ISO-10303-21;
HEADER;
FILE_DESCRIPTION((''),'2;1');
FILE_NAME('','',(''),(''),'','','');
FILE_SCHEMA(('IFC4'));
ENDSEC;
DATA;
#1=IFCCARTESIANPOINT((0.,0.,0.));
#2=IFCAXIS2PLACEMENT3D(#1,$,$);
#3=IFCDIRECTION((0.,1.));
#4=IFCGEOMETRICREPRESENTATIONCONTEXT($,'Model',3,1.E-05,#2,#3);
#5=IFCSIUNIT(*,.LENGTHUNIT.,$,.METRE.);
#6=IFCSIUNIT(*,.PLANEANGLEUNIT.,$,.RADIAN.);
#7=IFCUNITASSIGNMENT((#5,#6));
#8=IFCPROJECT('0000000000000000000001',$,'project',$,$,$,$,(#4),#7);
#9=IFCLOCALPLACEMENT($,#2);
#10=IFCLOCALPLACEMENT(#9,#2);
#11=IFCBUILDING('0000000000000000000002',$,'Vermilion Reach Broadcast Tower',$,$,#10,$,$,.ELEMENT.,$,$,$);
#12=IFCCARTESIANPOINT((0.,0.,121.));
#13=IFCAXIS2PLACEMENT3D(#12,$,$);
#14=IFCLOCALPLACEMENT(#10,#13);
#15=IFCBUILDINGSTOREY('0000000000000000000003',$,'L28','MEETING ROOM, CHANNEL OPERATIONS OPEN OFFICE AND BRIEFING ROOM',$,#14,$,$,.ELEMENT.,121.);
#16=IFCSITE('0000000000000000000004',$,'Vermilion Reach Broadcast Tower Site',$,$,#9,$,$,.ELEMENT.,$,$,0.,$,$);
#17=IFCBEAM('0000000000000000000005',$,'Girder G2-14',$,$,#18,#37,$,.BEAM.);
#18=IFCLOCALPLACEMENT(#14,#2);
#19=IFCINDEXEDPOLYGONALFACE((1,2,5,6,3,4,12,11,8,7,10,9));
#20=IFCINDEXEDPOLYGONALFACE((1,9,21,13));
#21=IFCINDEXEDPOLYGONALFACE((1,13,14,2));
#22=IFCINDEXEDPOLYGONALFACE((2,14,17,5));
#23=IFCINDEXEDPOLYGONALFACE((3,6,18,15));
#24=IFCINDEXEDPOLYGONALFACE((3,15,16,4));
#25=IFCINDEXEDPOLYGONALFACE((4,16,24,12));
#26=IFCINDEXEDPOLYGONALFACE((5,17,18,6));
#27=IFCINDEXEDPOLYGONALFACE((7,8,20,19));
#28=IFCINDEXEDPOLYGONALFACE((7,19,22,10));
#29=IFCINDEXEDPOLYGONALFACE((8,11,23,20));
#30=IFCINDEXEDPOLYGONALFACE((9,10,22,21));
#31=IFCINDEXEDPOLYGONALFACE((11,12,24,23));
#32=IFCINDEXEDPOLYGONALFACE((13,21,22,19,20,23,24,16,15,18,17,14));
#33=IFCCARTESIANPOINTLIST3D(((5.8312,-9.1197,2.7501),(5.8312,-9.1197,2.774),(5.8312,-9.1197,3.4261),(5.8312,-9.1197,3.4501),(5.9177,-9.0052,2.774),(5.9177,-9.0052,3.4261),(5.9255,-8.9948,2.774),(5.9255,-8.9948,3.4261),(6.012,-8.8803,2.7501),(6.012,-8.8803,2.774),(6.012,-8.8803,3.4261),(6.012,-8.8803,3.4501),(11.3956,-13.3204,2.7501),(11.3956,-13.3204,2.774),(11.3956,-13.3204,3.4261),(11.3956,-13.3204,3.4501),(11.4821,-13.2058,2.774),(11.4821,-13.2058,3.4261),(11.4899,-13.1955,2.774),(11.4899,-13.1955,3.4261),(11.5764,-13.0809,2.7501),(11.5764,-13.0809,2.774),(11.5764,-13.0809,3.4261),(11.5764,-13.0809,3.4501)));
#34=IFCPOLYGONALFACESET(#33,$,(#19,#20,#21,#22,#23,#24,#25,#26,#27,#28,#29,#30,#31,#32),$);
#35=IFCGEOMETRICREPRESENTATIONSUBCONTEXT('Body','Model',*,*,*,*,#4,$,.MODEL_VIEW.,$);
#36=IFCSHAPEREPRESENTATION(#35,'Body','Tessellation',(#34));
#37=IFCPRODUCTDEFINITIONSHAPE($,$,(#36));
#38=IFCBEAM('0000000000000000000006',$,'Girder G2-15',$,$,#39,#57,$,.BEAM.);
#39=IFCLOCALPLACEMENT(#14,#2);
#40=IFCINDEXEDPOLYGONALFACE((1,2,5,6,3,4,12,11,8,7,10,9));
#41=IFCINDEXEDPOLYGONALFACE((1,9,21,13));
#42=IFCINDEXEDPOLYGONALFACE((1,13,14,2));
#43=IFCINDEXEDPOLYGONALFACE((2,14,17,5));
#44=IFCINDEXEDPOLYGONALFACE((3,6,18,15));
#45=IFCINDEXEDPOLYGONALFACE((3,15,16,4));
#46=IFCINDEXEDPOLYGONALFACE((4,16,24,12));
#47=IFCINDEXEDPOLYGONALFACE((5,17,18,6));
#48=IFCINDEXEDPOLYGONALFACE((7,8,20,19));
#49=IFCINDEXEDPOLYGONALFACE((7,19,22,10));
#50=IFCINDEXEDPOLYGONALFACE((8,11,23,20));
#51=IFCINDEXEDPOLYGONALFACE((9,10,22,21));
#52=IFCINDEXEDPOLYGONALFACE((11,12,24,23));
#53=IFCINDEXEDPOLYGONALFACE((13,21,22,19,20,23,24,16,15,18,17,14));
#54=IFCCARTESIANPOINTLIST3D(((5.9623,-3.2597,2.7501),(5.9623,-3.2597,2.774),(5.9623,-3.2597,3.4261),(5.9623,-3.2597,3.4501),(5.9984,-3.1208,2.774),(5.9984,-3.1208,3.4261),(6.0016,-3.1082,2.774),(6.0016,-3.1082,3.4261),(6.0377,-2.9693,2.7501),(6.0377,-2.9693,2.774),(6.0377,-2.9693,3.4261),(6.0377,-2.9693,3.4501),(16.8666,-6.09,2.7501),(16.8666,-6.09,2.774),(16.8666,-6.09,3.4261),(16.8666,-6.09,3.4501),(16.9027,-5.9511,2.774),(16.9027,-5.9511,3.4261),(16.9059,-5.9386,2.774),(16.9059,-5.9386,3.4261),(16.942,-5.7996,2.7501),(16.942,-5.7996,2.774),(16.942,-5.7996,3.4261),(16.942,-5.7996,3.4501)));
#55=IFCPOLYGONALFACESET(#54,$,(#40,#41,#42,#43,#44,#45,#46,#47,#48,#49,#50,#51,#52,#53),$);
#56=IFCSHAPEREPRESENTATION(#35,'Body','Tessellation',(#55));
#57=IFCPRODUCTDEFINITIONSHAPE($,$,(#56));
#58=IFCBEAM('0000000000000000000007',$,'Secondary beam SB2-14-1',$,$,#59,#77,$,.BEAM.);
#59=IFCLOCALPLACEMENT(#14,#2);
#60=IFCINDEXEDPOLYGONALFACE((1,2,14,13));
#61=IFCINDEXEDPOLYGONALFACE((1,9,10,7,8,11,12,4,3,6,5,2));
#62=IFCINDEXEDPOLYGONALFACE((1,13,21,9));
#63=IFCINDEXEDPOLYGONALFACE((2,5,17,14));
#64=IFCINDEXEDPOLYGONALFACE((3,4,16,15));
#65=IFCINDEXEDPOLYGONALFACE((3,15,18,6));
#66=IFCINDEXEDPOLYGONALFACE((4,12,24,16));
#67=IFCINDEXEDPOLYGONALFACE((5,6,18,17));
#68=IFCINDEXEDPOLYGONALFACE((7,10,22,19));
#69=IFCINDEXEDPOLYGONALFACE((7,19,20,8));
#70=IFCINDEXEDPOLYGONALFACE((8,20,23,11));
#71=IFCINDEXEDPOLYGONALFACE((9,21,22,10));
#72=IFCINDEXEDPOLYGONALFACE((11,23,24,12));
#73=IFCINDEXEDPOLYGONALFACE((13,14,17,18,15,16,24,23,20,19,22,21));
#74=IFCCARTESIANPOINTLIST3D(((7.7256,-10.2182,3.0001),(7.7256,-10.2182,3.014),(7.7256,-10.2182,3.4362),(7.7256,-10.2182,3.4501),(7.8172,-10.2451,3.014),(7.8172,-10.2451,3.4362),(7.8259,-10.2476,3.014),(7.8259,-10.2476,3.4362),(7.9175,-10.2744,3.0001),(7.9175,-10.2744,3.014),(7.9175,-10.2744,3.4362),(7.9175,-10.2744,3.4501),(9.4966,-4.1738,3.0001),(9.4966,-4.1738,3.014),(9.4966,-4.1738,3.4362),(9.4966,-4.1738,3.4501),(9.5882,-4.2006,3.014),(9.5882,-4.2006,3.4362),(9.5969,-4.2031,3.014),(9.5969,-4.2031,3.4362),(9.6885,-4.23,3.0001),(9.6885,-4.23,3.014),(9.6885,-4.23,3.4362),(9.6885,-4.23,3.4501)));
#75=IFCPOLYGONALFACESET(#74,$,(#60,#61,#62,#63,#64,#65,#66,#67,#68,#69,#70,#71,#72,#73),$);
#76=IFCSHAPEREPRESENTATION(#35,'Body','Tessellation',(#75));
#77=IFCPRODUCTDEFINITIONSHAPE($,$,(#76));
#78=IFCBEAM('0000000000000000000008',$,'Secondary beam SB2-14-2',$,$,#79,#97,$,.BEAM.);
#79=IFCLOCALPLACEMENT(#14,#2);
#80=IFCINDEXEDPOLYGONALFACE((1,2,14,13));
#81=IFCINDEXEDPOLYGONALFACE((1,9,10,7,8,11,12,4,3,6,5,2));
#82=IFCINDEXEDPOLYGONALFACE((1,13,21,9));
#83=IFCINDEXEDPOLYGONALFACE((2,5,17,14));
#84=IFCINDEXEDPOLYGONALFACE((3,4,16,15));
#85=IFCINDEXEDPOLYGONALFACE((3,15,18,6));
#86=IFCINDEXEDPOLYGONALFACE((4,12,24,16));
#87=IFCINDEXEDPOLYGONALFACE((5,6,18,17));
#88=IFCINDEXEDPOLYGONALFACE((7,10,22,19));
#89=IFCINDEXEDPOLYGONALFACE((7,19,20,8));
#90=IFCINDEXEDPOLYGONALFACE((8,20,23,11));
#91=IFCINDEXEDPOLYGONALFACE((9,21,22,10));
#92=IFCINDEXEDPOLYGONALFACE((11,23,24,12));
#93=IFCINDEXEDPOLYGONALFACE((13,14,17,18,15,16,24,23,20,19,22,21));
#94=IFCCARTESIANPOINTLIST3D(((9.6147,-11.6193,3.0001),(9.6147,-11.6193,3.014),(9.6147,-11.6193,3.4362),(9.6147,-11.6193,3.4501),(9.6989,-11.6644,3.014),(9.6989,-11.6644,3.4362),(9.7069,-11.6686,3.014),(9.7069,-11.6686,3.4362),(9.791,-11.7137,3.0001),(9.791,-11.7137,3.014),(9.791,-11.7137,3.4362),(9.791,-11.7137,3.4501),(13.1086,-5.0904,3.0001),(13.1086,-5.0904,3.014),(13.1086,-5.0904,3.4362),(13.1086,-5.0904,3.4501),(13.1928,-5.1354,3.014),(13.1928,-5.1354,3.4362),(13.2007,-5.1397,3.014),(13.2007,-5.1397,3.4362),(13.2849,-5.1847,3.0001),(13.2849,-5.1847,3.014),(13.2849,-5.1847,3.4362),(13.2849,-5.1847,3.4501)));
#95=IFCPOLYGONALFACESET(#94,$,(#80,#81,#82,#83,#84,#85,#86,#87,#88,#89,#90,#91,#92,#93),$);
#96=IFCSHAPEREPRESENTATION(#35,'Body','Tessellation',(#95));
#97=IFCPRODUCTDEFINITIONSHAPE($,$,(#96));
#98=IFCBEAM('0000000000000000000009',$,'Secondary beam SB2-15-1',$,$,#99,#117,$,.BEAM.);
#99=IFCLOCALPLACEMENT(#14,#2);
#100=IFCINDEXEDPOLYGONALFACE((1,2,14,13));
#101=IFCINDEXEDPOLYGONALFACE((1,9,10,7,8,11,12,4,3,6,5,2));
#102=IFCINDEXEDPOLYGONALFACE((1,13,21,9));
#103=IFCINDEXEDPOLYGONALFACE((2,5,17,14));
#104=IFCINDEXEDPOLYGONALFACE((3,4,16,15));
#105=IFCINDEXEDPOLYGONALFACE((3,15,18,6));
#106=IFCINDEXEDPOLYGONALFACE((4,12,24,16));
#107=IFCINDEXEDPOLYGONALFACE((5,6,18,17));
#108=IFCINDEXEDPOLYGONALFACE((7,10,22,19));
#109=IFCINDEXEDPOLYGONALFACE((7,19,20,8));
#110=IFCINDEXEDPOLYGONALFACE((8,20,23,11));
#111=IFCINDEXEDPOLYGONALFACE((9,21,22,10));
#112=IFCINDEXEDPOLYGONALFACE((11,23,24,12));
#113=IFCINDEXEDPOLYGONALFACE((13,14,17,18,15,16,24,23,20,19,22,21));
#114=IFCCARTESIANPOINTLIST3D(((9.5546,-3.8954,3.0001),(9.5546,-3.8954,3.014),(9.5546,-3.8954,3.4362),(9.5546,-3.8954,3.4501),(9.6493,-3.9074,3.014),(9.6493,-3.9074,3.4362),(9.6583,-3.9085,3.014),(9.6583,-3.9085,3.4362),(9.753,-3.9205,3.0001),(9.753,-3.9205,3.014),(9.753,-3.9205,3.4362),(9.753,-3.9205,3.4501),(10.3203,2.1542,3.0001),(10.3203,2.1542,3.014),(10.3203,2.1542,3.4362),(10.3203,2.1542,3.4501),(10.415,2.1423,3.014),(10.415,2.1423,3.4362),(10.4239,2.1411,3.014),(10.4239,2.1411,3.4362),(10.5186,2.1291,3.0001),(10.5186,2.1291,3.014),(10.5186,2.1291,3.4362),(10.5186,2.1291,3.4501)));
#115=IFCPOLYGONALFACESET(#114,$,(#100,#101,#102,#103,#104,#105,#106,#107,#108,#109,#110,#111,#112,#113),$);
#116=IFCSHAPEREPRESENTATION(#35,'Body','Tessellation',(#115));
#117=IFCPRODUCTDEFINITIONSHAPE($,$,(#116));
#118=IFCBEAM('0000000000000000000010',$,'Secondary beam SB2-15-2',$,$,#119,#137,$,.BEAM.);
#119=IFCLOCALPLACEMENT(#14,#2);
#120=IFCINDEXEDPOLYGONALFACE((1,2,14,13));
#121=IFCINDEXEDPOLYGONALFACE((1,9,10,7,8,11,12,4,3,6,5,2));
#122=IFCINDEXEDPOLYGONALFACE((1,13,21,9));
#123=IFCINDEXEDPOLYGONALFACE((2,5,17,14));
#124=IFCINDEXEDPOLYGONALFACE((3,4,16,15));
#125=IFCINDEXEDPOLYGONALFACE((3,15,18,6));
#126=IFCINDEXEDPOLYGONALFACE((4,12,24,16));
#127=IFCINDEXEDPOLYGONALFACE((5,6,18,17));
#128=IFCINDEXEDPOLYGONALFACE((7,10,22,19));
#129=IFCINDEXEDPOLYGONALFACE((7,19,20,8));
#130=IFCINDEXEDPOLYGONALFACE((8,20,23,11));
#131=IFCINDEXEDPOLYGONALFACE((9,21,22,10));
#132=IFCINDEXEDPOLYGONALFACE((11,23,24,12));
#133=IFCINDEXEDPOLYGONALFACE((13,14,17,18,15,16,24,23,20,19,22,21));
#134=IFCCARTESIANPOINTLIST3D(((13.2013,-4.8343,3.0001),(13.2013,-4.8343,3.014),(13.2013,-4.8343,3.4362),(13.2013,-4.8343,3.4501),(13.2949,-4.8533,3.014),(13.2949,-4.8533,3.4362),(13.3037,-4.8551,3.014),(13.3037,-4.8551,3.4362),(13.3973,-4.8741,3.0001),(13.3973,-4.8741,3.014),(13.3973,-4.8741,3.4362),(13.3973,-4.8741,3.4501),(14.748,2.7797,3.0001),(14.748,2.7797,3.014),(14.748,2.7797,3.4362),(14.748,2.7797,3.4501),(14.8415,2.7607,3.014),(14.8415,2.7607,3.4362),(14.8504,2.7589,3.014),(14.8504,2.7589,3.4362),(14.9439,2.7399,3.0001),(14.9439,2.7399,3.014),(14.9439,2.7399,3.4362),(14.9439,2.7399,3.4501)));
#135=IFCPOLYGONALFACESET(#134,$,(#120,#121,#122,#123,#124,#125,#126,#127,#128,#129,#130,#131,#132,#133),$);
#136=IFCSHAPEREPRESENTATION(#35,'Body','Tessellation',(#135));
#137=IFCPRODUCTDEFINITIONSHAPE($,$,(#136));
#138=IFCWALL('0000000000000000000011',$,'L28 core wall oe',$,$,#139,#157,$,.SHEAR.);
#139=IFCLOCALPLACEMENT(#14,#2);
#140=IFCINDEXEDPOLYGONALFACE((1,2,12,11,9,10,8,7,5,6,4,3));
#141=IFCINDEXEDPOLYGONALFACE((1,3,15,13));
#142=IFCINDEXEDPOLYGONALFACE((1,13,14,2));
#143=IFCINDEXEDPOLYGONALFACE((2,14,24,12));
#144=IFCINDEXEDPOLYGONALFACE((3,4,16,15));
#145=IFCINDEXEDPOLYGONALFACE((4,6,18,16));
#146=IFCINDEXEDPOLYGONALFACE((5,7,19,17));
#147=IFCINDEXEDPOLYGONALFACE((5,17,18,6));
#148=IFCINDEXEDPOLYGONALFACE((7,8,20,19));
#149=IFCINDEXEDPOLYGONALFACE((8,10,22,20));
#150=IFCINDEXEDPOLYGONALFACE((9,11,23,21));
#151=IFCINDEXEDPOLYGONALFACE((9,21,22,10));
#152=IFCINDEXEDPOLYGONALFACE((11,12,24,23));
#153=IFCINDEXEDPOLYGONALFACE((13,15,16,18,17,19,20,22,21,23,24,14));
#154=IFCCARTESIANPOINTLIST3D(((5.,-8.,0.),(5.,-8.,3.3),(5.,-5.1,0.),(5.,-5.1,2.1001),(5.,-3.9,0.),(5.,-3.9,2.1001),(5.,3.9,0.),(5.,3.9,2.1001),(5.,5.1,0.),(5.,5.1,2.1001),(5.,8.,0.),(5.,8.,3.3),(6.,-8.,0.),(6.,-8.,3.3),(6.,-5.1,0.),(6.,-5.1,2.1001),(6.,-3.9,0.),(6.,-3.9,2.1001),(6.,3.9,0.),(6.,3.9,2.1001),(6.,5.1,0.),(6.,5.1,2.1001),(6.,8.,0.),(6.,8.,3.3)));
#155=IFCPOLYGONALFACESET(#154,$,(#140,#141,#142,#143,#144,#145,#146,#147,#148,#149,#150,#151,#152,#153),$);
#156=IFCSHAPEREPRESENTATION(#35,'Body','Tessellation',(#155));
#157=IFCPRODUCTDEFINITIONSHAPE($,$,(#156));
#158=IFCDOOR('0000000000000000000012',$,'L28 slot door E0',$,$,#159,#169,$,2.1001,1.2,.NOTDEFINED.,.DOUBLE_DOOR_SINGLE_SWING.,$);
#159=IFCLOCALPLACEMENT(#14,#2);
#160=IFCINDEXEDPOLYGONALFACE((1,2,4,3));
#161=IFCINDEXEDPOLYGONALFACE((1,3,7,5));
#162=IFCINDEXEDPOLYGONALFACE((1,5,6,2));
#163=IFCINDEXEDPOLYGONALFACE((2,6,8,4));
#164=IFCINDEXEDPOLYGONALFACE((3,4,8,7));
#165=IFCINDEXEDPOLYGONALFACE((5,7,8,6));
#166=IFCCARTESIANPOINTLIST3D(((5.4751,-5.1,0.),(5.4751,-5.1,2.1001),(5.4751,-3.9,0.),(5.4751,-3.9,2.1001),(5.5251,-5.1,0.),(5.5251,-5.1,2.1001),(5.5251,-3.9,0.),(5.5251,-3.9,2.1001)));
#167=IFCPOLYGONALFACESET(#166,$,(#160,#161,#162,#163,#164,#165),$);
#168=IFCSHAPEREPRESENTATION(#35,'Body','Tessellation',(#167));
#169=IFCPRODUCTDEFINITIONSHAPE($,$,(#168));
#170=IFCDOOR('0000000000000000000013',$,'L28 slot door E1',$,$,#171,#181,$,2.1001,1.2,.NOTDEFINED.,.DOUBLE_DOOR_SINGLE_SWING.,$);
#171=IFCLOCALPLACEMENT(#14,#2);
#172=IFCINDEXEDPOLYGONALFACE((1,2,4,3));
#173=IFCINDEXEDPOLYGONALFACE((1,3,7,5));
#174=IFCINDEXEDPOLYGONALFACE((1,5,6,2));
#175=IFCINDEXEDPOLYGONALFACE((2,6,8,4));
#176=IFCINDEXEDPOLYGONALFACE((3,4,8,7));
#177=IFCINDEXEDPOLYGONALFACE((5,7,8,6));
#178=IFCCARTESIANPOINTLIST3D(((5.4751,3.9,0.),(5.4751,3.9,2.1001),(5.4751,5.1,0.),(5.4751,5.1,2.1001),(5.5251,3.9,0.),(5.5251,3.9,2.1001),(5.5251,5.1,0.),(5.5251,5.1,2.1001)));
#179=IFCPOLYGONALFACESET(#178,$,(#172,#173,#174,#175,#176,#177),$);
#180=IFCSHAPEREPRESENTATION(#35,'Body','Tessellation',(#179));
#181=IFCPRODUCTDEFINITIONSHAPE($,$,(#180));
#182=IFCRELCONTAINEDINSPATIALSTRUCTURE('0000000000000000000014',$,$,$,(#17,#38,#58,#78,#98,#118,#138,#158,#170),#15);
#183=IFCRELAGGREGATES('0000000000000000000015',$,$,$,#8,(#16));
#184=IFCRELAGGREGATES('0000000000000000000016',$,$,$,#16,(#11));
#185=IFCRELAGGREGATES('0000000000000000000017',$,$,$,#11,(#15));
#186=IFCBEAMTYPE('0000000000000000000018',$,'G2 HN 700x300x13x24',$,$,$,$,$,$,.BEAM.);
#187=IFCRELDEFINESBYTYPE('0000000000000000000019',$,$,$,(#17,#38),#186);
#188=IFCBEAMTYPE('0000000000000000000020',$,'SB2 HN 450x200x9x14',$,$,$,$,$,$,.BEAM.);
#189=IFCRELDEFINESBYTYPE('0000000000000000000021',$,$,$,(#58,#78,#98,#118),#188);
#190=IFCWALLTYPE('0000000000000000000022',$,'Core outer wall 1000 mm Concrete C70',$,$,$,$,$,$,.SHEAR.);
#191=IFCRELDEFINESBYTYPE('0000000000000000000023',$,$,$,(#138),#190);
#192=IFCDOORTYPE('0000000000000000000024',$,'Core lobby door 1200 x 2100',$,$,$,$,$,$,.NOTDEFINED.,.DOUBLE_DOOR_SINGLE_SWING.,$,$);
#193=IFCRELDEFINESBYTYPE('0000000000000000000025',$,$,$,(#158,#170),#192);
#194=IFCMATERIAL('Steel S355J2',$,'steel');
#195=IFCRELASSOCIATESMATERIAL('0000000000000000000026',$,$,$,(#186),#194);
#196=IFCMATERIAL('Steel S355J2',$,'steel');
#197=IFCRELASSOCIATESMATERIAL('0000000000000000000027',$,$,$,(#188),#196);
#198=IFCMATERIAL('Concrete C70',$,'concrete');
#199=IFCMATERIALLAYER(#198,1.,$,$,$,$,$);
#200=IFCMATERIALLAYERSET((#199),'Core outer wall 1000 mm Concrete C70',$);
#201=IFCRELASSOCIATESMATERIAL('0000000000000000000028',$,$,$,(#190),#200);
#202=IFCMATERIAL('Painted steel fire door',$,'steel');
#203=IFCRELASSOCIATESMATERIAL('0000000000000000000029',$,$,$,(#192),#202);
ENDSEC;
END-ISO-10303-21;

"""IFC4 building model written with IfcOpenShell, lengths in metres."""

from ifc_helpers import new_model, si_unit, direction, frame, frame_2d, origin, origin_2d, place, context, subcontext, project, spatial, rectangle, i_section, extrude, material, layer, layer_set, material_profile, profile_set, type_object, element, fill, save


model = new_model("IFC4")

# Units and contexts
model_context = context("Model", 3, precision=1e-05, world=origin(), true_north=direction((0.0, 1.0)))
body_context = subcontext(model_context, "Body", "Model", "MODEL_VIEW")
ifc_project = project(units=[si_unit("LENGTHUNIT", "METRE"), si_unit("PLANEANGLEUNIT", "RADIAN")], contexts=[model_context])

# Site, building, storey
site_placement = place(None, origin())
site = spatial("IfcSite", under=ifc_project, at=site_placement, Name="Vermilion Reach Broadcast Tower Site", CompositionType="ELEMENT", RefElevation=0.0)
building_placement = place(site_placement, origin())
building = spatial("IfcBuilding", under=site, at=building_placement, Name="Vermilion Reach Broadcast Tower", CompositionType="ELEMENT")
storey_placement = place(building_placement, frame((0.0, 0.0, 121.0)))
storey = spatial("IfcBuildingStorey", under=building, at=storey_placement, Name="L28", Description="MEETING ROOM, CHANNEL OPERATIONS OPEN OFFICE AND BRIEFING ROOM", CompositionType="ELEMENT", Elevation=121.0)

# Beams
ifc_material_1 = material(Name="Steel S355J2", Category="steel")
ifc_material_profile_1 = material_profile(ifc_material_1, i_section(OverallWidth=0.3, OverallDepth=0.7, WebThickness=0.0129, FlangeThickness=0.0239, at=origin_2d()), Name="S355J2 HN 700x300x13x24")
ifc_profile_set_1 = profile_set([ifc_material_profile_1], Name="Steel S355J2")
beam_type_1 = type_object("IfcBeamType", Name="G2 HN 700x300x13x24", PredefinedType="BEAM", material=ifc_profile_set_1)
beam_1_placement = place(storey_placement, frame((5.9216, -9.0, 3.1001), z_axis=(0.798114, -0.602507, 0.0), x_axis=(0.602507, 0.798114, 0.0)))
element("IfcBeam", 1, at=beam_1_placement, inside=storey, type_object=beam_type_1, Name="Girder G2-14", PredefinedType="BEAM", context=body_context, shape_type="SweptSolid", body=[
    extrude(i_section(OverallWidth=0.3, OverallDepth=0.7, WebThickness=0.0129, FlangeThickness=0.0239, at=origin_2d()), origin(), (0.0, 0.0, 1.0), 6.9719),
])
beam_2_placement = place(storey_placement, frame((6.0, -3.1145, 3.1001), z_axis=(0.967926, -0.251235, 0.0), x_axis=(0.251235, 0.967926, 0.0)))
element("IfcBeam", 2, at=beam_2_placement, inside=storey, type_object=beam_type_1, Name="Girder G2-15", PredefinedType="BEAM", context=body_context, shape_type="SweptSolid", body=[
    extrude(i_section(OverallWidth=0.3, OverallDepth=0.7, WebThickness=0.0129, FlangeThickness=0.0239, at=origin_2d()), origin(), (0.0, 0.0, 1.0), 11.2656),
])
ifc_material_2 = material(Name="Steel S355J2", Category="steel")
ifc_material_profile_2 = material_profile(ifc_material_2, i_section(OverallWidth=0.2, OverallDepth=0.45, WebThickness=0.009, FlangeThickness=0.0139, at=origin_2d()), Name="S355J2 HN 450x200x9x14")
ifc_profile_set_2 = profile_set([ifc_material_profile_2], Name="Steel S355J2")
beam_type_2 = type_object("IfcBeamType", Name="SB2 HN 450x200x9x14", PredefinedType="BEAM", material=ifc_profile_set_2)
beam_3_placement = place(storey_placement, frame((7.8215, -10.2463, 3.2251), z_axis=(0.281176, 0.959656, 0.0), x_axis=(-0.959656, 0.281176, 0.0)))
element("IfcBeam", 3, at=beam_3_placement, inside=storey, type_object=beam_type_2, Name="Secondary beam SB2-14-1", PredefinedType="BEAM", context=body_context, shape_type="SweptSolid", body=[
    extrude(i_section(OverallWidth=0.2, OverallDepth=0.45, WebThickness=0.009, FlangeThickness=0.0139, at=origin_2d()), origin(), (0.0, 0.0, 1.0), 6.2986),
])
beam_4_placement = place(storey_placement, frame((9.7029, -11.6665, 3.2251), z_axis=(0.471822, 0.881694, 0.0), x_axis=(-0.881694, 0.471822, 0.0)))
element("IfcBeam", 4, at=beam_4_placement, inside=storey, type_object=beam_type_2, Name="Secondary beam SB2-14-2", PredefinedType="BEAM", context=body_context, shape_type="SweptSolid", body=[
    extrude(i_section(OverallWidth=0.2, OverallDepth=0.45, WebThickness=0.009, FlangeThickness=0.0139, at=origin_2d()), origin(), (0.0, 0.0, 1.0), 7.405),
])
beam_5_placement = place(storey_placement, frame((9.6538, -3.908, 3.2251), z_axis=(0.125557, 0.992086, 0.0), x_axis=(-0.992086, 0.125557, 0.0)))
element("IfcBeam", 5, at=beam_5_placement, inside=storey, type_object=beam_type_2, Name="Secondary beam SB2-15-1", PredefinedType="BEAM", context=body_context, shape_type="SweptSolid", body=[
    extrude(i_section(OverallWidth=0.2, OverallDepth=0.45, WebThickness=0.009, FlangeThickness=0.0139, at=origin_2d()), origin(), (0.0, 0.0, 1.0), 6.0979),
])
beam_6_placement = place(storey_placement, frame((13.2993, -4.8542, 3.2251), z_axis=(0.199064, 0.979986, 0.0), x_axis=(-0.979986, 0.199064, 0.0)))
element("IfcBeam", 6, at=beam_6_placement, inside=storey, type_object=beam_type_2, Name="Secondary beam SB2-15-2", PredefinedType="BEAM", context=body_context, shape_type="SweptSolid", body=[
    extrude(i_section(OverallWidth=0.2, OverallDepth=0.45, WebThickness=0.009, FlangeThickness=0.0139, at=origin_2d()), origin(), (0.0, 0.0, 1.0), 7.7695),
])

# Wall, openings, doors
ifc_material_3 = material(Name="Concrete C70", Category="concrete")
ifc_layer_1 = layer(ifc_material_3, 1.0)
ifc_layer_set_1 = layer_set([ifc_layer_1], Name="Core outer wall 1000 mm Concrete C70")
wall_type_1 = type_object("IfcWallType", Name="Core outer wall 1000 mm Concrete C70", PredefinedType="SHEAR", material=ifc_layer_set_1)
wall_1_placement = place(storey_placement, frame((5.5, -8.0, 0.0), z_axis=(0.0, 0.0, 1.0), x_axis=(0.0, 1.0, 0.0)))
wall_1 = element("IfcWall", 7, at=wall_1_placement, inside=storey, type_object=wall_type_1, Name="L28 core wall oe", PredefinedType="SHEAR", context=body_context, shape_type="SweptSolid", body=[
    extrude(rectangle(XDim=16.0, YDim=1.0, at=frame_2d((8.0, 0.0))), origin(), (0.0, 0.0, 1.0), 3.3),
])
opening_1_placement = place(wall_1_placement, frame((2.8999, 0.0, 0.0)))
opening_1 = element("IfcOpeningElement", 8, at=opening_1_placement, cuts=wall_1, PredefinedType="OPENING", context=body_context, shape_type="SweptSolid", body=[
    extrude(rectangle(XDim=1.2, YDim=2.1001, at=frame_2d((0.6001, 1.05))), frame((0.0, 0.51, 0.0), z_axis=(0.0, -1.0, 0.0), x_axis=(1.0, 0.0, 0.0)), (0.0, 0.0, 1.0), 1.02),
])
opening_2_placement = place(wall_1_placement, frame((11.8999, 0.0, 0.0)))
opening_2 = element("IfcOpeningElement", 9, at=opening_2_placement, cuts=wall_1, PredefinedType="OPENING", context=body_context, shape_type="SweptSolid", body=[
    extrude(rectangle(XDim=1.2, YDim=2.1001, at=frame_2d((0.6001, 1.05))), frame((0.0, 0.51, 0.0), z_axis=(0.0, -1.0, 0.0), x_axis=(1.0, 0.0, 0.0)), (0.0, 0.0, 1.0), 1.02),
])
ifc_material_4 = material(Name="Painted steel fire door", Category="steel")
door_type_1 = type_object("IfcDoorType", Name="Core lobby door 1200 x 2100", OperationType="DOUBLE_DOOR_SINGLE_SWING", PredefinedType="NOTDEFINED", material=ifc_material_4)
door_1_placement = place(opening_1_placement, origin())
door_1 = element("IfcDoor", 10, at=door_1_placement, inside=storey, type_object=door_type_1, Name="L28 slot door E0", OperationType="DOUBLE_DOOR_SINGLE_SWING", OverallHeight=2.1001, OverallWidth=1.2, PredefinedType="NOTDEFINED", context=body_context, shape_type="SweptSolid", body=[
    extrude(rectangle(XDim=1.2, YDim=2.1001, at=frame_2d((0.6001, 1.05))), frame((0.0, 0.0249, 0.0), z_axis=(0.0, -1.0, 0.0), x_axis=(1.0, 0.0, 0.0)), (0.0, 0.0, 1.0), 0.05),
])
fill(opening_1, door_1)
door_2_placement = place(opening_2_placement, origin())
door_2 = element("IfcDoor", 11, at=door_2_placement, inside=storey, type_object=door_type_1, Name="L28 slot door E1", OperationType="DOUBLE_DOOR_SINGLE_SWING", OverallHeight=2.1001, OverallWidth=1.2, PredefinedType="NOTDEFINED", context=body_context, shape_type="SweptSolid", body=[
    extrude(rectangle(XDim=1.2, YDim=2.1001, at=frame_2d((0.6001, 1.05))), frame((0.0, 0.0249, 0.0), z_axis=(0.0, -1.0, 0.0), x_axis=(1.0, 0.0, 0.0)), (0.0, 0.0, 1.0), 0.05),
])
fill(opening_2, door_2)

save(model, "model.ifc")
